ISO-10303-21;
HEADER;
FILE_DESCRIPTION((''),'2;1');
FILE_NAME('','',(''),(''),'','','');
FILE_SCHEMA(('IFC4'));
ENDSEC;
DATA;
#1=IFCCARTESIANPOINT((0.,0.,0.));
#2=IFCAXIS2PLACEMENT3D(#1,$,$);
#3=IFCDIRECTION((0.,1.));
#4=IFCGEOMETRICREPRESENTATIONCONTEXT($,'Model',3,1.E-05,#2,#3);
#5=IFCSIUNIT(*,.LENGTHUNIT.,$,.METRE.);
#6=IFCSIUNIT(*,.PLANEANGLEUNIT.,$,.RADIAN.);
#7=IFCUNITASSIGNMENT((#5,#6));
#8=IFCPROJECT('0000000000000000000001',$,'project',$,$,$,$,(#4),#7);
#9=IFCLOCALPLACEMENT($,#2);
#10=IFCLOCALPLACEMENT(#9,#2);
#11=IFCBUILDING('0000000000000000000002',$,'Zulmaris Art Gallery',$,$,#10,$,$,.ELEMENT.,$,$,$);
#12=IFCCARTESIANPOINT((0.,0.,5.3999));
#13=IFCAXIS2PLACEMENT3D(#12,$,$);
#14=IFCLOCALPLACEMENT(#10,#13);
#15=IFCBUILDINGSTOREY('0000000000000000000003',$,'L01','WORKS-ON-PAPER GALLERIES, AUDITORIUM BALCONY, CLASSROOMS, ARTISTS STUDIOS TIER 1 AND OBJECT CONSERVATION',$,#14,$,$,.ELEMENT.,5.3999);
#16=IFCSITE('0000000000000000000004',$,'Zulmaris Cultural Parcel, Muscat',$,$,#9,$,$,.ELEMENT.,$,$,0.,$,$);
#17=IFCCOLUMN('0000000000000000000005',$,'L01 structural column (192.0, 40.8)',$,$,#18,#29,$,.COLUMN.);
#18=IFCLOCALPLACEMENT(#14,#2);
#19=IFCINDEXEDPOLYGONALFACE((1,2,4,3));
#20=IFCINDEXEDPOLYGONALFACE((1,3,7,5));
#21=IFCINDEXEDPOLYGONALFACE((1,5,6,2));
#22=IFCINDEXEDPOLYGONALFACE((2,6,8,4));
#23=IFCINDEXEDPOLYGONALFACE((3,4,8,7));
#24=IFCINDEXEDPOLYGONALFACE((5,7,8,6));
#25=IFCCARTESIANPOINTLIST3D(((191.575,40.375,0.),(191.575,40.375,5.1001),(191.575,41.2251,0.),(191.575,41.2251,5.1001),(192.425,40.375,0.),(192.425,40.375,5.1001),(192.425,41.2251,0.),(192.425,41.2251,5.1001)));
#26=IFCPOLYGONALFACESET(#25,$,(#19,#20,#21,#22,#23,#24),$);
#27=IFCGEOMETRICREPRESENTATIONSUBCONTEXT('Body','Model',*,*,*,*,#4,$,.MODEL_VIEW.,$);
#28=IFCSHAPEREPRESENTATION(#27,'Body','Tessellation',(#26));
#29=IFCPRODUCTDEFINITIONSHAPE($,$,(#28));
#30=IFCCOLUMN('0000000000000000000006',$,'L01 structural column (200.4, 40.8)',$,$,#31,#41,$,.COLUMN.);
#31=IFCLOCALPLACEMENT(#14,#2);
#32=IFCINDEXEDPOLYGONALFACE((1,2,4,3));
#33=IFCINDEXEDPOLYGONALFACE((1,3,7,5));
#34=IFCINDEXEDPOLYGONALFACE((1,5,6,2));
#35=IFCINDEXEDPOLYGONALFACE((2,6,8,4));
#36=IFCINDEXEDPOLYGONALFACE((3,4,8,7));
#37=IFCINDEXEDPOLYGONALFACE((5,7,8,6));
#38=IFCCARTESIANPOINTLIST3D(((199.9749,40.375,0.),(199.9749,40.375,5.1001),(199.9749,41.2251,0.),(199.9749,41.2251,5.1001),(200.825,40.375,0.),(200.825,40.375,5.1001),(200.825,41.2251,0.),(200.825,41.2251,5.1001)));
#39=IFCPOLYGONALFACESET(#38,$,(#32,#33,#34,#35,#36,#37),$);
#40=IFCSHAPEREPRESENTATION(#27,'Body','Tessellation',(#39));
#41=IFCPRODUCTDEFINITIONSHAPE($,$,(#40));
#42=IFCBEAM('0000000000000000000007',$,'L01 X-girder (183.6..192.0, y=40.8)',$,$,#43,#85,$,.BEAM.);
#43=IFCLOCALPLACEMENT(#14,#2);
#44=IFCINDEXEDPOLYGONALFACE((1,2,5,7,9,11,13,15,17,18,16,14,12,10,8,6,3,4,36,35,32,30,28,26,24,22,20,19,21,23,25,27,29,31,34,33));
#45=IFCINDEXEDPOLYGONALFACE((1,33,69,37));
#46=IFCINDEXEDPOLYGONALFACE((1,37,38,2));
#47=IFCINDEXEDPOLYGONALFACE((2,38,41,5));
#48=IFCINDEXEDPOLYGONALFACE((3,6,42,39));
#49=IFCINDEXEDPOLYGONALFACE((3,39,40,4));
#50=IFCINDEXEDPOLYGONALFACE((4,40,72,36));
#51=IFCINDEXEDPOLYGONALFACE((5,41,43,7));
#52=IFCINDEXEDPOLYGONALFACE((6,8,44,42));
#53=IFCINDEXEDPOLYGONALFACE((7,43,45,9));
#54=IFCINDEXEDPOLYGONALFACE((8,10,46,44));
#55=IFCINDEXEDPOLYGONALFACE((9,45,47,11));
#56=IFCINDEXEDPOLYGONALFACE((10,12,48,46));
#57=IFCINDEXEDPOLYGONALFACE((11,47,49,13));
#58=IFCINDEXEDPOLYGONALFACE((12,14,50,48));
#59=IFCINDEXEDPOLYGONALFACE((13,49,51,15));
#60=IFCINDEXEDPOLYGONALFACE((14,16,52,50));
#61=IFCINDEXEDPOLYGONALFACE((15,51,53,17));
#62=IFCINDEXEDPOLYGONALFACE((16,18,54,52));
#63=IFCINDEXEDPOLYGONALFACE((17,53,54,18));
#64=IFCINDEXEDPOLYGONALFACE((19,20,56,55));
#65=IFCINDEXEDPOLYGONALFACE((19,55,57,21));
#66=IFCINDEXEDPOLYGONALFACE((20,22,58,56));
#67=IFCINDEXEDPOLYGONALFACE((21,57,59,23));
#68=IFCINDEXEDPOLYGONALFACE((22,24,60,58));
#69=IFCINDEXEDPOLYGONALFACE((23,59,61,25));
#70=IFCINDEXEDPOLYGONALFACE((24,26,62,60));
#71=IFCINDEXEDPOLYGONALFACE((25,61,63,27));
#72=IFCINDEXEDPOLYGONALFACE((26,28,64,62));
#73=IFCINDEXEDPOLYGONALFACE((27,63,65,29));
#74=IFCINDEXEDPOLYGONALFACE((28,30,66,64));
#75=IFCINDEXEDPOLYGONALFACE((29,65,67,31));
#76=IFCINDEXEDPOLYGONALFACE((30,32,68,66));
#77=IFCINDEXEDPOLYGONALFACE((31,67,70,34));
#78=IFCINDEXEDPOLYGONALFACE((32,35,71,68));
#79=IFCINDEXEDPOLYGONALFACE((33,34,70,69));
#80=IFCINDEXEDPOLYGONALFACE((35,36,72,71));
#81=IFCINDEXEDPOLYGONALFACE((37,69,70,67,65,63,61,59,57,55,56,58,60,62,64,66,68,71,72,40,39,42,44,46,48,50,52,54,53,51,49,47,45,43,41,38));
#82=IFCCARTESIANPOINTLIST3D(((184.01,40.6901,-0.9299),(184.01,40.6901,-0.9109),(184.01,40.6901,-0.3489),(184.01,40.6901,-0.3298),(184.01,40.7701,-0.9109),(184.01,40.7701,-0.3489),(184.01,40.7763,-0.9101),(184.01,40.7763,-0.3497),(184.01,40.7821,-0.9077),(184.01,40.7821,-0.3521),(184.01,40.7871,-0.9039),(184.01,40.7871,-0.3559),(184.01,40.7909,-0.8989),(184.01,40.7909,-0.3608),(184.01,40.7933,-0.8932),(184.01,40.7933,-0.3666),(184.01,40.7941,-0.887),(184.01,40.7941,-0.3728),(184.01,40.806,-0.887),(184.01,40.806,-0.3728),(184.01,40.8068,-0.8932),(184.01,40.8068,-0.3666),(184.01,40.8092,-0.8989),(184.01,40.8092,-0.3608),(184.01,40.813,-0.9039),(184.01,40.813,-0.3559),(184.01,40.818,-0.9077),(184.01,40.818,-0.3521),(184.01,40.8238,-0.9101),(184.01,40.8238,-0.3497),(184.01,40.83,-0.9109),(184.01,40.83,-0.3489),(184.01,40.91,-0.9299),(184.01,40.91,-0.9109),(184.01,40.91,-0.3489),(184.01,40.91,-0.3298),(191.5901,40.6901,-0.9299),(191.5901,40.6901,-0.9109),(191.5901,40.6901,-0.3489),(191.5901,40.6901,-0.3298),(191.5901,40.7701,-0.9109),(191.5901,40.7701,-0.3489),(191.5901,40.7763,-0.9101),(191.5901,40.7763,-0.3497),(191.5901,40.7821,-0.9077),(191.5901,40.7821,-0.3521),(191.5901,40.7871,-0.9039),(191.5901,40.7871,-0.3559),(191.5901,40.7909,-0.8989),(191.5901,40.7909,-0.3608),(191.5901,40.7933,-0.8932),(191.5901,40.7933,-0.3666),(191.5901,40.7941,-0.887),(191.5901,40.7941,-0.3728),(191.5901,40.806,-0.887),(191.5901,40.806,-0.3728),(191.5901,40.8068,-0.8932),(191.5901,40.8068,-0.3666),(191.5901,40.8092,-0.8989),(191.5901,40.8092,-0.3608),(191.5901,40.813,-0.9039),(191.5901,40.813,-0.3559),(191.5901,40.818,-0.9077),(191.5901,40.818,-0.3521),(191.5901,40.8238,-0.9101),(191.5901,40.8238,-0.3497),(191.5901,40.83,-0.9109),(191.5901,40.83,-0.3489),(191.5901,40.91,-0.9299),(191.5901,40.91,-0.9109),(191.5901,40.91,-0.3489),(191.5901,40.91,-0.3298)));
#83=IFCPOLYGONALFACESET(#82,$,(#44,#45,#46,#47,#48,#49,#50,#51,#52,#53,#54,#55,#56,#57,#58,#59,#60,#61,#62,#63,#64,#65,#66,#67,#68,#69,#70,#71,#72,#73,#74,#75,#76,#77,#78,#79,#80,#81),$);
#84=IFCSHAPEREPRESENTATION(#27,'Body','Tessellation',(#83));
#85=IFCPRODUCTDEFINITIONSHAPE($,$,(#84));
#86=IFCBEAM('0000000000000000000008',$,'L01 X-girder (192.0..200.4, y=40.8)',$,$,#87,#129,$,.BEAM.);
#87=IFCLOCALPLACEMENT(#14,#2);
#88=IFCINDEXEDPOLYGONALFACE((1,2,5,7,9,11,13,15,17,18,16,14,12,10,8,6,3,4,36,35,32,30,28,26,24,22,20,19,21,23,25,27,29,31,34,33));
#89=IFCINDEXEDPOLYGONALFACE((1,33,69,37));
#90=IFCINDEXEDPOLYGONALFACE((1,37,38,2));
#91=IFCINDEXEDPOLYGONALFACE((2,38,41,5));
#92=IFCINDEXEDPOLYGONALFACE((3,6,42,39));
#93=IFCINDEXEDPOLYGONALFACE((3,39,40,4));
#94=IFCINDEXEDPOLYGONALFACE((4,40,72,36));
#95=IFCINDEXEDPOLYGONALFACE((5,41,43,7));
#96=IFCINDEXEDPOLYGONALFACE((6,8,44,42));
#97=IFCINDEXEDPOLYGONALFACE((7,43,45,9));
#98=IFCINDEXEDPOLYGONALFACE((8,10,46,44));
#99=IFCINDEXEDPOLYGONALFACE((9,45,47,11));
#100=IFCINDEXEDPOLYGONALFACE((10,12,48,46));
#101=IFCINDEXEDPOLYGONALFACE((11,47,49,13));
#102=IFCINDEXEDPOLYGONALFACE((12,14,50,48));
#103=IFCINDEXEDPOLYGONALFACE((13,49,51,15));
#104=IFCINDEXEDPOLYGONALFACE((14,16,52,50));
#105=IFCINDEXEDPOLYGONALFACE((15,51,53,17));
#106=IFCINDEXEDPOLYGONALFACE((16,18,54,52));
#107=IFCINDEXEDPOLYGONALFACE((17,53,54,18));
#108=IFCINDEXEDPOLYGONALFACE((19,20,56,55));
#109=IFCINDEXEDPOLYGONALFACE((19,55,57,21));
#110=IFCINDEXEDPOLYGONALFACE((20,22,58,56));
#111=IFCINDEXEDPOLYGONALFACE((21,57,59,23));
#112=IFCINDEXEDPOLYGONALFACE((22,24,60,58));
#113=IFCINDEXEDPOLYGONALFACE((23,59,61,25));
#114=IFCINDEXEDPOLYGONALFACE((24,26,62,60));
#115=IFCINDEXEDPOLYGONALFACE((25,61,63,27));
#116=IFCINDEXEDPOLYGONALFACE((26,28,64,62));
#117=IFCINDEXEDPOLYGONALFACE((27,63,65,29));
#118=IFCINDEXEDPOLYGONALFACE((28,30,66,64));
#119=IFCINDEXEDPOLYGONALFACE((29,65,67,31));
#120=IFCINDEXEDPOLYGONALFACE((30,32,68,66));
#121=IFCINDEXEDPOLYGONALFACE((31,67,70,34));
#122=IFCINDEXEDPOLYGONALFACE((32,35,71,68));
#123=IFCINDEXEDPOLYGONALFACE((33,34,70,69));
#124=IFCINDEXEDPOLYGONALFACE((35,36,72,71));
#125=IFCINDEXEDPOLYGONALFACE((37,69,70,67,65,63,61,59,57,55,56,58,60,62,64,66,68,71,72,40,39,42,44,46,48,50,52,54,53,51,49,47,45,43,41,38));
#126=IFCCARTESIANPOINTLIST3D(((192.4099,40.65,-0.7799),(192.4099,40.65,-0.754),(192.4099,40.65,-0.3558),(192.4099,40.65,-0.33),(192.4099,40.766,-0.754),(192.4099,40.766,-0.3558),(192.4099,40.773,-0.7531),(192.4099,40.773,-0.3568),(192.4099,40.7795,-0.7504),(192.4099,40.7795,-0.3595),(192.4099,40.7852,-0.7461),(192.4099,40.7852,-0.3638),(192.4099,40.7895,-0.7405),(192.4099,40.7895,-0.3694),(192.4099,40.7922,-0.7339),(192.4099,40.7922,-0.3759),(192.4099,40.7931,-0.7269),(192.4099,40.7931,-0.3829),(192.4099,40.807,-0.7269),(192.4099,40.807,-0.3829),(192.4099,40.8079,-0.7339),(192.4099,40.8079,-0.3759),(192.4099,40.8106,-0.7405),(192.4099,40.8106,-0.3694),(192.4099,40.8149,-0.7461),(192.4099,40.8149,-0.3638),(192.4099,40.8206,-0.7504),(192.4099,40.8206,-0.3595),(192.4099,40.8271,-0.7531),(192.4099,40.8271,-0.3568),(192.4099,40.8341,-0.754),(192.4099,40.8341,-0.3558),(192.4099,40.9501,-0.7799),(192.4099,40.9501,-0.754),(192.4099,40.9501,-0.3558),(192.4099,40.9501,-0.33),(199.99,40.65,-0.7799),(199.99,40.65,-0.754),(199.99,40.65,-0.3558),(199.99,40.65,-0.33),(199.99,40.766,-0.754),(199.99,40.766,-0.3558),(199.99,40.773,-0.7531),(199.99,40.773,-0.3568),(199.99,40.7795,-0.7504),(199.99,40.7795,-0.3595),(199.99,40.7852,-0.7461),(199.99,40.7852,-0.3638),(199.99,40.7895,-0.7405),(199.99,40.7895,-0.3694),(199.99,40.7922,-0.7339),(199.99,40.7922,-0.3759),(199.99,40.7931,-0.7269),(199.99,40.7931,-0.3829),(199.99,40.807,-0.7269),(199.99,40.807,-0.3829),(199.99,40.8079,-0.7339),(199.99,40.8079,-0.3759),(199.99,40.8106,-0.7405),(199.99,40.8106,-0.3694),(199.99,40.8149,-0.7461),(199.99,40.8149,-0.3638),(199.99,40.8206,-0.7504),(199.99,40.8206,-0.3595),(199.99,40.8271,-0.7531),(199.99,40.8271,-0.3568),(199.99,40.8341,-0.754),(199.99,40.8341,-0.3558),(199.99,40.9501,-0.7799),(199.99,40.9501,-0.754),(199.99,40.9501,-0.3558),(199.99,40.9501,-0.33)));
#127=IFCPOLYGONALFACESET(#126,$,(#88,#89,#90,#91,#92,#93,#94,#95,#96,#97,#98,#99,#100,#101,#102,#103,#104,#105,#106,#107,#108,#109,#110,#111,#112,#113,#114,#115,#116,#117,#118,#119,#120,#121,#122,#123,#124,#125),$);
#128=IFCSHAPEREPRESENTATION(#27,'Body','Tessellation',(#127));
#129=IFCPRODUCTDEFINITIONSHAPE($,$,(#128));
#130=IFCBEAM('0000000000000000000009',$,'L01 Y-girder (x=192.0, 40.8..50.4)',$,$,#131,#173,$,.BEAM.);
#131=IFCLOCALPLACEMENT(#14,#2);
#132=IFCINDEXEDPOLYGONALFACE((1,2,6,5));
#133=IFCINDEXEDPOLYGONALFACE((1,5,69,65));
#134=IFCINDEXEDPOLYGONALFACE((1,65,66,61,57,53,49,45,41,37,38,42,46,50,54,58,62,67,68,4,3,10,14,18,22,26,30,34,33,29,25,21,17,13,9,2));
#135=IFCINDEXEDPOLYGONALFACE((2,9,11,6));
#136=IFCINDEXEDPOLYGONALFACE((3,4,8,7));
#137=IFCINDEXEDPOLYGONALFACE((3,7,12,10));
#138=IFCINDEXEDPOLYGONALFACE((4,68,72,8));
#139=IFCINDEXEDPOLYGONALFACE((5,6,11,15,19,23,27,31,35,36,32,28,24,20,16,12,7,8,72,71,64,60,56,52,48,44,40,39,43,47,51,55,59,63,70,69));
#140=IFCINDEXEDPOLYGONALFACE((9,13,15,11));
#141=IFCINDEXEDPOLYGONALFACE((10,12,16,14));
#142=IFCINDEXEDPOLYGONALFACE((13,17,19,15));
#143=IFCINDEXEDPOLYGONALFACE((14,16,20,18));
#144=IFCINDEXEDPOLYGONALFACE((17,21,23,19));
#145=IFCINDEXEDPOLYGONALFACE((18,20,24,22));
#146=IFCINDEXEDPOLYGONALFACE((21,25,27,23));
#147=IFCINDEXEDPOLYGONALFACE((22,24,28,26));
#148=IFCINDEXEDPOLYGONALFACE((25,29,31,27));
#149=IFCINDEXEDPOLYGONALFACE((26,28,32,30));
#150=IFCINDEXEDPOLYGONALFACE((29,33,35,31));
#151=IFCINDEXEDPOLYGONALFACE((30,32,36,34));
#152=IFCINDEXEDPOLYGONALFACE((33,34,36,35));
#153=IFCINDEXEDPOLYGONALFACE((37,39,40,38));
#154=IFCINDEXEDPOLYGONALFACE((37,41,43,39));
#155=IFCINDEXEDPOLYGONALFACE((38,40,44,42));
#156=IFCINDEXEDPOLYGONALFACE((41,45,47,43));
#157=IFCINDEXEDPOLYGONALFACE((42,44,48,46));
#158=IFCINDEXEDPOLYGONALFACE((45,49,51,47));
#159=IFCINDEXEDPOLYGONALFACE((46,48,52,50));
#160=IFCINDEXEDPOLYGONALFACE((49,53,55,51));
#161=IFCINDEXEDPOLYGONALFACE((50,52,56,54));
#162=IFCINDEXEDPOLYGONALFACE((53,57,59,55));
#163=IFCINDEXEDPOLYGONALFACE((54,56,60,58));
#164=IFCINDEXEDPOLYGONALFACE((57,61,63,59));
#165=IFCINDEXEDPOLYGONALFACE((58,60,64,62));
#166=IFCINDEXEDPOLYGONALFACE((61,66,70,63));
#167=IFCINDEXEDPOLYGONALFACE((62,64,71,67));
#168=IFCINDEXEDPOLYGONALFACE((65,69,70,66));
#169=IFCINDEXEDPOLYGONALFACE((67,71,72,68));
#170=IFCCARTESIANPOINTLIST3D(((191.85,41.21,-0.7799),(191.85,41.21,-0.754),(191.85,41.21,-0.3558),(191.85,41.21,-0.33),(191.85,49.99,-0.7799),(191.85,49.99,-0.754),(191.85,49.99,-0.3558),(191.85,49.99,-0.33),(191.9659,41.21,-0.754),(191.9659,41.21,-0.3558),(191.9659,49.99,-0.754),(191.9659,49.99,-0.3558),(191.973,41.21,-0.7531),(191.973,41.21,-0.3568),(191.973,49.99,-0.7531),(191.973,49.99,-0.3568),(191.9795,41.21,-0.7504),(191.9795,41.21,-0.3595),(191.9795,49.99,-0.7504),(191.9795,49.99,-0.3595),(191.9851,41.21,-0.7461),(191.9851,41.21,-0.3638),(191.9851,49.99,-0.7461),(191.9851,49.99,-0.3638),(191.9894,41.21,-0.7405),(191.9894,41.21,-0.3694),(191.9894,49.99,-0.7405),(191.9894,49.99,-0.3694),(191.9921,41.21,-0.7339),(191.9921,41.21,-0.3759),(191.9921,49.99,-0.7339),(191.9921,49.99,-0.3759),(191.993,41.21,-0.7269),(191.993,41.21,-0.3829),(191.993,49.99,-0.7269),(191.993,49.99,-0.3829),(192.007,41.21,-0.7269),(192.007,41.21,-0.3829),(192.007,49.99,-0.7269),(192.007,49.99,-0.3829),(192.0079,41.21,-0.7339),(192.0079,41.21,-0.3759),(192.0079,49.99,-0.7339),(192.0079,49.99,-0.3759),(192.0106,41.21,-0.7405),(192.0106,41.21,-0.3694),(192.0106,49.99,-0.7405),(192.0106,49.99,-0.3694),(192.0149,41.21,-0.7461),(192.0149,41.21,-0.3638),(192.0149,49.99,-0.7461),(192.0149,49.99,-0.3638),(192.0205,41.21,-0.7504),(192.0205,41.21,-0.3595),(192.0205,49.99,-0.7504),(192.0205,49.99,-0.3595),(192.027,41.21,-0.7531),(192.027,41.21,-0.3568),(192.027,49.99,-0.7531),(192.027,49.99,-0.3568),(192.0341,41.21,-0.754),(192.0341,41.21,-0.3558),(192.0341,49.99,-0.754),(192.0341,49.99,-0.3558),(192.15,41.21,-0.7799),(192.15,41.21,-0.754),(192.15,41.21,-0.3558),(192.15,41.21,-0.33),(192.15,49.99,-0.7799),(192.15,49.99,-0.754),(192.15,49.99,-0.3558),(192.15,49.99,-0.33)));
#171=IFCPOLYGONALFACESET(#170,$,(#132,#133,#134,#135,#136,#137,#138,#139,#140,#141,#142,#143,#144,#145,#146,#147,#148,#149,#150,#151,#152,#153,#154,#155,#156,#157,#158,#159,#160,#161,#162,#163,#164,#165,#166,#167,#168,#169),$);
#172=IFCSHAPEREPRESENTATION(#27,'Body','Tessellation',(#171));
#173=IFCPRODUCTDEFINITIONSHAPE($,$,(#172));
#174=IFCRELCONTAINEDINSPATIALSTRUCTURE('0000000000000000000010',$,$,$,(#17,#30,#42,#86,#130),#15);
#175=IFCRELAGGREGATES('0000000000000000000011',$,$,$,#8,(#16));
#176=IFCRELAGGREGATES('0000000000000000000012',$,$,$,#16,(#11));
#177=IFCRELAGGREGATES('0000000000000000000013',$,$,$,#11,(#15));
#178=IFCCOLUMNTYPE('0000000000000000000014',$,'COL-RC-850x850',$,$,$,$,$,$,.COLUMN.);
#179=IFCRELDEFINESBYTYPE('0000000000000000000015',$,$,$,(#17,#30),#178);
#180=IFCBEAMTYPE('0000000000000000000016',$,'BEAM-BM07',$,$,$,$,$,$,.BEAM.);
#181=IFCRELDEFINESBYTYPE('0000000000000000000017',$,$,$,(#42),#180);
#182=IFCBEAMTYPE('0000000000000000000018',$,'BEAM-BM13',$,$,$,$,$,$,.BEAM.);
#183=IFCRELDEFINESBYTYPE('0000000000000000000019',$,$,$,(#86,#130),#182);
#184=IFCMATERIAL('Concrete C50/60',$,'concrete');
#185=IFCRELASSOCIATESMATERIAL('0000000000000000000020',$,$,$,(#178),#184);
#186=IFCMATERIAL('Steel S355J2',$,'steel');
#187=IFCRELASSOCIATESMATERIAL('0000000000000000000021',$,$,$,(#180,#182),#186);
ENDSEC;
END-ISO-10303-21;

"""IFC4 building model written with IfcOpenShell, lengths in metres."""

from ifc_helpers import new_model, si_unit, direction, frame, origin, origin_2d, place, context, subcontext, project, spatial, rectangle, i_section, extrude, material, material_profile, profile_set, type_object, element, save


model = new_model("IFC4")

# Units and contexts
model_context = context("Model", 3, precision=1e-05, world=origin(), true_north=direction((0.0, 1.0)))
body_context = subcontext(model_context, "Body", "Model", "MODEL_VIEW")
ifc_project = project(units=[si_unit("LENGTHUNIT", "METRE"), si_unit("PLANEANGLEUNIT", "RADIAN")], contexts=[model_context])

# Site, building, storey
site_placement = place(None, origin())
site = spatial("IfcSite", under=ifc_project, at=site_placement, Name="Zulmaris Cultural Parcel, Muscat", CompositionType="ELEMENT", RefElevation=0.0)
building_placement = place(site_placement, origin())
building = spatial("IfcBuilding", under=site, at=building_placement, Name="Zulmaris Art Gallery", CompositionType="ELEMENT")
storey_placement = place(building_placement, frame((0.0, 0.0, 5.3999)))
storey = spatial("IfcBuildingStorey", under=building, at=storey_placement, Name="L01", Description="WORKS-ON-PAPER GALLERIES, AUDITORIUM BALCONY, CLASSROOMS, ARTISTS STUDIOS TIER 1 AND OBJECT CONSERVATION", CompositionType="ELEMENT", Elevation=5.3999)

# Columns
ifc_material_1 = material(Name="Concrete C50/60", Category="concrete")
ifc_material_profile_1 = material_profile(ifc_material_1, rectangle(XDim=0.8501, YDim=0.8501, at=origin_2d()), Name="RC 850x850")
ifc_profile_set_1 = profile_set([ifc_material_profile_1], Name="Concrete C50/60")
column_type = type_object("IfcColumnType", Name="COL-RC-850x850", PredefinedType="COLUMN", material=ifc_profile_set_1)
for number, where, z_axis, x_axis, name in (
    (1, (192.0, 40.8, 0.0), (0.0, 0.0, 1.0), (1.0, 0.0, 0.0), "L01 structural column (192.0, 40.8)"),
    (2, (200.3999, 40.8, 0.0), (0.0, 0.0, 1.0), (1.0, 0.0, 0.0), "L01 structural column (200.4, 40.8)"),
):
    element("IfcColumn", number, at=place(storey_placement, frame(where, z_axis=z_axis, x_axis=x_axis)), inside=storey, type_object=column_type, Name=name, PredefinedType="COLUMN", context=body_context, shape_type="SweptSolid", body=[
        extrude(rectangle(XDim=0.8501, YDim=0.8501, at=origin_2d()), origin(), (0.0, 0.0, 1.0), 5.1001),
    ])

# Beams
ifc_material_2 = material(Name="Steel S355J2", Category="steel")
ifc_material_profile_2 = material_profile(ifc_material_2, i_section(OverallWidth=0.22, OverallDepth=0.6001, WebThickness=0.012, FlangeThickness=0.019, FilletRadius=0.0239, at=origin_2d()), Name="IPE 600")
ifc_profile_set_2 = profile_set([ifc_material_profile_2], Name="Steel S355J2")
beam_type_1 = type_object("IfcBeamType", Name="BEAM-BM07", PredefinedType="BEAM", material=ifc_profile_set_2)
beam_1_placement = place(storey_placement, frame((184.01, 40.8, -0.6299), z_axis=(1.0, 0.0, 0.0), x_axis=(0.0, 1.0, 0.0)))
element("IfcBeam", 3, at=beam_1_placement, inside=storey, type_object=beam_type_1, Name="L01 X-girder (183.6..192.0, y=40.8)", PredefinedType="BEAM", context=body_context, shape_type="SweptSolid", body=[
    extrude(i_section(OverallWidth=0.22, OverallDepth=0.6001, WebThickness=0.012, FlangeThickness=0.019, FilletRadius=0.0239, at=origin_2d()), origin(), (0.0, 0.0, 1.0), 7.5801),
])
ifc_material_profile_3 = material_profile(ifc_material_2, i_section(OverallWidth=0.3, OverallDepth=0.45, WebThickness=0.0139, FlangeThickness=0.0259, FilletRadius=0.0271, at=origin_2d()), Name="HEB 450")
ifc_profile_set_3 = profile_set([ifc_material_profile_3], Name="Steel S355J2")
beam_type_2 = type_object("IfcBeamType", Name="BEAM-BM13", PredefinedType="BEAM", material=ifc_profile_set_3)
beam_2_placement = place(storey_placement, frame((192.4099, 40.8, -0.5549), z_axis=(1.0, 0.0, 0.0), x_axis=(0.0, 1.0, 0.0)))
element("IfcBeam", 4, at=beam_2_placement, inside=storey, type_object=beam_type_2, Name="L01 X-girder (192.0..200.4, y=40.8)", PredefinedType="BEAM", context=body_context, shape_type="SweptSolid", body=[
    extrude(i_section(OverallWidth=0.3, OverallDepth=0.45, WebThickness=0.0139, FlangeThickness=0.0259, FilletRadius=0.0271, at=origin_2d()), origin(), (0.0, 0.0, 1.0), 7.5801),
])
beam_3_placement = place(storey_placement, frame((192.0, 41.21, -0.5549), z_axis=(0.0, 1.0, 0.0), x_axis=(-1.0, 0.0, 0.0)))
element("IfcBeam", 5, at=beam_3_placement, inside=storey, type_object=beam_type_2, Name="L01 Y-girder (x=192.0, 40.8..50.4)", PredefinedType="BEAM", context=body_context, shape_type="SweptSolid", body=[
    extrude(i_section(OverallWidth=0.3, OverallDepth=0.45, WebThickness=0.0139, FlangeThickness=0.0259, FilletRadius=0.0271, at=origin_2d()), origin(), (0.0, 0.0, 1.0), 8.78),
])

save(model, "model.ifc")
